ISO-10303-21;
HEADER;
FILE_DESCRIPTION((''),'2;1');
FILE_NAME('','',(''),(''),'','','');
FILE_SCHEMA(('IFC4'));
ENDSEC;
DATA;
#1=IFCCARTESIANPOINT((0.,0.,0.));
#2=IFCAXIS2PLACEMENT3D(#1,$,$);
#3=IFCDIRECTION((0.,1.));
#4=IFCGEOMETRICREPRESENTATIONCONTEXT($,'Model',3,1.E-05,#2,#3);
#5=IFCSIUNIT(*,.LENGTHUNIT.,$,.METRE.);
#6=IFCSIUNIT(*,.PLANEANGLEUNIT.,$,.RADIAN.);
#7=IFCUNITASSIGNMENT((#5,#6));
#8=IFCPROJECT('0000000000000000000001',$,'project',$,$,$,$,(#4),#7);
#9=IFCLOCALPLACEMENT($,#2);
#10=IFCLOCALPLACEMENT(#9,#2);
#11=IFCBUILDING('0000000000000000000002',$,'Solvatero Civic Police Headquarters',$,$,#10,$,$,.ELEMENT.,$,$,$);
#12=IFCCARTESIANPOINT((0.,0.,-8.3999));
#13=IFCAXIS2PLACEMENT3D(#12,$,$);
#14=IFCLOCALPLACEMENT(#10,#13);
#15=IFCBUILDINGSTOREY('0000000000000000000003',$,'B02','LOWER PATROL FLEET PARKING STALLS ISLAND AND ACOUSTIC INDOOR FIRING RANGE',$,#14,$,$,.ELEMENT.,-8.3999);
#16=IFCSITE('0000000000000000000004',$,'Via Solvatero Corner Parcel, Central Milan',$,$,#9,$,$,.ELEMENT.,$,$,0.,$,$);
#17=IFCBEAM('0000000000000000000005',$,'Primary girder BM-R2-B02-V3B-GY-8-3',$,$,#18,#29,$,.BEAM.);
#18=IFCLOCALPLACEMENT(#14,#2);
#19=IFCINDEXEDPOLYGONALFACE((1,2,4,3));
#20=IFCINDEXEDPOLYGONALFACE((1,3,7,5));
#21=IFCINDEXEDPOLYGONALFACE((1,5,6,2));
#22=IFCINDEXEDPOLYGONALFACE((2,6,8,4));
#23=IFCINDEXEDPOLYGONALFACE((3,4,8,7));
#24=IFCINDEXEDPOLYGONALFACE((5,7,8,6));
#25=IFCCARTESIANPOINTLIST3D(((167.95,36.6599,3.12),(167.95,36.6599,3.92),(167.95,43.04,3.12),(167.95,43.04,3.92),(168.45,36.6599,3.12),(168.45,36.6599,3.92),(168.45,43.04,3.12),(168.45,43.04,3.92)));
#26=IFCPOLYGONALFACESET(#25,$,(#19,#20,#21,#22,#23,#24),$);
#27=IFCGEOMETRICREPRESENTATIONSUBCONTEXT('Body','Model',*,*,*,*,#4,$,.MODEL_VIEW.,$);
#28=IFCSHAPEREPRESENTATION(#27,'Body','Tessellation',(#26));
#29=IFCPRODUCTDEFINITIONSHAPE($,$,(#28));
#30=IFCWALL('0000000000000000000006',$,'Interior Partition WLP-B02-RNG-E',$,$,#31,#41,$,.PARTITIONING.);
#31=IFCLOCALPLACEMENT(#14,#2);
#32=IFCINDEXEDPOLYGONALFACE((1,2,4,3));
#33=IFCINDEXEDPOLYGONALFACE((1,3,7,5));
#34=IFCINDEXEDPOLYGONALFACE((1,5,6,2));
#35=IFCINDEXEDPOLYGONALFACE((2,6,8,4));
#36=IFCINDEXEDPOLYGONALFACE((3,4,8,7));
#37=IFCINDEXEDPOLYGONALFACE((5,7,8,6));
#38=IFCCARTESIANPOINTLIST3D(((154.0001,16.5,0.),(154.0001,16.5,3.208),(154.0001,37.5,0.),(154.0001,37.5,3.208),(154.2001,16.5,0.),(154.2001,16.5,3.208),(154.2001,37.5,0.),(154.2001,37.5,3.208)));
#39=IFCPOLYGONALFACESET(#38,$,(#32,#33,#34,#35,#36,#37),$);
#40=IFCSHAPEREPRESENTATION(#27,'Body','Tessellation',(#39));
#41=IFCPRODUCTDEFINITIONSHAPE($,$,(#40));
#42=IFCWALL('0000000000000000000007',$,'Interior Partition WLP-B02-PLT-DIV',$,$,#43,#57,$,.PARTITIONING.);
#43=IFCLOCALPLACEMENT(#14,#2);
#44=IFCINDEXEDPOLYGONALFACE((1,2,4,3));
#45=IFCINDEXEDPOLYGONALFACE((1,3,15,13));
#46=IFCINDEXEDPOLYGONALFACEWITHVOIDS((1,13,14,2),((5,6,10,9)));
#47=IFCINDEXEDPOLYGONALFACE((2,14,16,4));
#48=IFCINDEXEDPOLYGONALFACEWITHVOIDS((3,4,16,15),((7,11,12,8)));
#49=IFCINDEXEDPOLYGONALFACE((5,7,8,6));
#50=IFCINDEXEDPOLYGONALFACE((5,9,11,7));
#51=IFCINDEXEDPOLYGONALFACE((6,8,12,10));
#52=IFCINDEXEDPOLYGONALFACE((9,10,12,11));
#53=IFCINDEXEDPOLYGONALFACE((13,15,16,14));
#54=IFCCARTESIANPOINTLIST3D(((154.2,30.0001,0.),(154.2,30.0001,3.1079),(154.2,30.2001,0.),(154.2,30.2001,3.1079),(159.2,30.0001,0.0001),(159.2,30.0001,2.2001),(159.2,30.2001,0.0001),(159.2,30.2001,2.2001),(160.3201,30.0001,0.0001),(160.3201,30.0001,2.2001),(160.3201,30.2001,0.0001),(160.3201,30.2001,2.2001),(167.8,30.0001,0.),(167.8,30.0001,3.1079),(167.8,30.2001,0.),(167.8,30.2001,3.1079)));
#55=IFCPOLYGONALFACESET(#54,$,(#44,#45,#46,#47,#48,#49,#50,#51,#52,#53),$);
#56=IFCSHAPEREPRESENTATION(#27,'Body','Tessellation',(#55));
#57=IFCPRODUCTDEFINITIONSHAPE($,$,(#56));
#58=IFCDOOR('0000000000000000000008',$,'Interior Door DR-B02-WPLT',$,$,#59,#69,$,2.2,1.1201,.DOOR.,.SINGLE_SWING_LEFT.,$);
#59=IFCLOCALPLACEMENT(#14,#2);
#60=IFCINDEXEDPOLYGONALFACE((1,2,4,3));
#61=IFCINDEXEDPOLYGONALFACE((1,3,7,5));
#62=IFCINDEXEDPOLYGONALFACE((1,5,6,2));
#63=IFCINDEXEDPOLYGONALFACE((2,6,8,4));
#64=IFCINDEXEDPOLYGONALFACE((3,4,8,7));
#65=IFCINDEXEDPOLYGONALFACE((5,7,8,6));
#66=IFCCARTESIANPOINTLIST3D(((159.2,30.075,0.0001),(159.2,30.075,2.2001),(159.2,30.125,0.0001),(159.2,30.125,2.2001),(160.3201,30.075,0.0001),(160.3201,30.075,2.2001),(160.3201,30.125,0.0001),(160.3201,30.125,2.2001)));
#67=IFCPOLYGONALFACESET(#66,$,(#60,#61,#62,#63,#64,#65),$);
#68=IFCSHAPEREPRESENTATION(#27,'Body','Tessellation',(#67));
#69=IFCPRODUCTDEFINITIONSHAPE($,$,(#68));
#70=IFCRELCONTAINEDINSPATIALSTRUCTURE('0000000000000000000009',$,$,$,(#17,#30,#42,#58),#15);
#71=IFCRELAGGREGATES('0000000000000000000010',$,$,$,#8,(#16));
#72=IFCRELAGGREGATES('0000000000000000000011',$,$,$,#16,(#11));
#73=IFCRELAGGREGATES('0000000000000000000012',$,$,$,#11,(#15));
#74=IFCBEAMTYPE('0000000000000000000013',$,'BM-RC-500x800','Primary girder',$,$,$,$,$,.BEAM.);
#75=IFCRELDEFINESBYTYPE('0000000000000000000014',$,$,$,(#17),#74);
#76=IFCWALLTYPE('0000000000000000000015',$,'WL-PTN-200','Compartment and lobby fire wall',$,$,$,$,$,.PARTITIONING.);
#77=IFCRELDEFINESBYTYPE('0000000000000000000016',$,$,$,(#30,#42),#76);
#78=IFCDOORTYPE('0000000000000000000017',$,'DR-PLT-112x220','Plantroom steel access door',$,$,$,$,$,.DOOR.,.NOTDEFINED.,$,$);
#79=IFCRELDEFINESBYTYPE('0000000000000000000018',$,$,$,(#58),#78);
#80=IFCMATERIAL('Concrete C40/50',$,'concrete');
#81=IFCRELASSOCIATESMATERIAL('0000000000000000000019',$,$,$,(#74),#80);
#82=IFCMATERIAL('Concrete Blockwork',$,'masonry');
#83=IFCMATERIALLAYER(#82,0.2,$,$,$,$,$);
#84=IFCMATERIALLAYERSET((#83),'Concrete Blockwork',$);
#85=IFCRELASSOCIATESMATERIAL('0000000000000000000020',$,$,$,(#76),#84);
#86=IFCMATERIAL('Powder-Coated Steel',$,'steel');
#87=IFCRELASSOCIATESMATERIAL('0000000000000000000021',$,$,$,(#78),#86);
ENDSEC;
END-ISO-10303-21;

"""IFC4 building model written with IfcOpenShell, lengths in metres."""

from ifc_helpers import new_model, si_unit, direction, frame, frame_2d, origin, origin_2d, place, context, subcontext, project, spatial, rectangle, extrude, material, layer, layer_set, material_profile, profile_set, type_object, element, fill, save


model = new_model("IFC4")

# Units and contexts
model_context = context("Model", 3, precision=1e-05, world=origin(), true_north=direction((0.0, 1.0)))
body_context = subcontext(model_context, "Body", "Model", "MODEL_VIEW")
ifc_project = project(units=[si_unit("LENGTHUNIT", "METRE"), si_unit("PLANEANGLEUNIT", "RADIAN")], contexts=[model_context])

# Site, building, storey
site_placement = place(None, origin())
site = spatial("IfcSite", under=ifc_project, at=site_placement, Name="Via Solvatero Corner Parcel, Central Milan", CompositionType="ELEMENT", RefElevation=0.0)
building_placement = place(site_placement, origin())
building = spatial("IfcBuilding", under=site, at=building_placement, Name="Solvatero Civic Police Headquarters", CompositionType="ELEMENT")
storey_placement = place(building_placement, frame((0.0, 0.0, -8.3999)))
storey = spatial("IfcBuildingStorey", under=building, at=storey_placement, Name="B02", Description="LOWER PATROL FLEET PARKING STALLS ISLAND AND ACOUSTIC INDOOR FIRING RANGE", CompositionType="ELEMENT", Elevation=-8.3999)

# Shared definitions
ifc_material_1 = material(Name="Concrete C40/50", Category="concrete")

# Beam
ifc_material_profile_1 = material_profile(ifc_material_1, rectangle(XDim=0.5, YDim=0.8, at=origin_2d()), Name="RC 500x800")
ifc_profile_set_1 = profile_set([ifc_material_profile_1], Name="Concrete C40/50")
beam_type_1 = type_object("IfcBeamType", Name="BM-RC-500x800", Description="Primary girder", PredefinedType="BEAM", material=ifc_profile_set_1)
beam_1_placement = place(storey_placement, frame((168.2, 36.6599, 3.52), z_axis=(0.0, 1.0, 0.0), x_axis=(-1.0, 0.0, 0.0)))
element("IfcBeam", 1, at=beam_1_placement, inside=storey, type_object=beam_type_1, Name="Primary girder BM-R2-B02-V3B-GY-8-3", PredefinedType="BEAM", context=body_context, shape_type="SweptSolid", body=[
    extrude(rectangle(XDim=0.5, YDim=0.8, at=origin_2d()), origin(), (0.0, 0.0, 1.0), 6.3801),
])

# Wall
ifc_material_2 = material(Name="Concrete Blockwork", Category="masonry")
ifc_layer = layer(ifc_material_2, 0.2)
ifc_layer_set = layer_set([ifc_layer], Name="Concrete Blockwork")
wall_type = type_object("IfcWallType", Name="WL-PTN-200", Description="Compartment and lobby fire wall", PredefinedType="PARTITIONING", material=ifc_layer_set)
wall_1_placement = place(storey_placement, frame((154.1001, 16.5, 0.0), z_axis=(0.0, 0.0, 1.0), x_axis=(0.0, 1.0, 0.0)))
element("IfcWall", 2, at=wall_1_placement, inside=storey, type_object=wall_type, Name="Interior Partition WLP-B02-RNG-E", PredefinedType="PARTITIONING", context=body_context, shape_type="SweptSolid", body=[
    extrude(rectangle(XDim=21.0, YDim=0.2, at=frame_2d((10.5, 0.0))), origin(), (0.0, 0.0, 1.0), 3.208),
])

# Wall, opening, door
wall_2_placement = place(storey_placement, frame((154.2, 30.1001, 0.0), z_axis=(0.0, 0.0, 1.0), x_axis=(1.0, 0.0, 0.0)))
wall_2 = element("IfcWall", 3, at=wall_2_placement, inside=storey, type_object=wall_type, Name="Interior Partition WLP-B02-PLT-DIV", PredefinedType="PARTITIONING", context=body_context, shape_type="SweptSolid", body=[
    extrude(rectangle(XDim=13.6001, YDim=0.2, at=frame_2d((6.8, 0.0))), origin(), (0.0, 0.0, 1.0), 3.1079),
])
opening_placement = place(wall_2_placement, frame((5.0, 0.0, 0.0)))
opening = element("IfcOpeningElement", 4, at=opening_placement, cuts=wall_2, PredefinedType="OPENING", context=body_context, shape_type="SweptSolid", body=[
    extrude(rectangle(XDim=1.1201, YDim=2.2, at=frame_2d((0.5601, 1.1001))), frame((0.0, 0.1099, 0.0), z_axis=(0.0, -1.0, 0.0), x_axis=(1.0, 0.0, 0.0)), (0.0, 0.0, 1.0), 0.22),
])
ifc_material_3 = material(Name="Powder-Coated Steel", Category="steel")
door_type = type_object("IfcDoorType", Name="DR-PLT-112x220", Description="Plantroom steel access door", OperationType="NOTDEFINED", PredefinedType="DOOR", material=ifc_material_3)
door_placement = place(opening_placement, origin())
door = element("IfcDoor", 5, at=door_placement, inside=storey, type_object=door_type, Name="Interior Door DR-B02-WPLT", OperationType="SINGLE_SWING_LEFT", OverallHeight=2.2, OverallWidth=1.1201, PredefinedType="DOOR", context=body_context, shape_type="SweptSolid", body=[
    extrude(rectangle(XDim=1.1201, YDim=2.2, at=frame_2d((0.5601, 1.1001))), frame((0.0, 0.0249, 0.0), z_axis=(0.0, -1.0, 0.0), x_axis=(1.0, 0.0, 0.0)), (0.0, 0.0, 1.0), 0.05),
])
fill(opening, door)

save(model, "model.ifc")
